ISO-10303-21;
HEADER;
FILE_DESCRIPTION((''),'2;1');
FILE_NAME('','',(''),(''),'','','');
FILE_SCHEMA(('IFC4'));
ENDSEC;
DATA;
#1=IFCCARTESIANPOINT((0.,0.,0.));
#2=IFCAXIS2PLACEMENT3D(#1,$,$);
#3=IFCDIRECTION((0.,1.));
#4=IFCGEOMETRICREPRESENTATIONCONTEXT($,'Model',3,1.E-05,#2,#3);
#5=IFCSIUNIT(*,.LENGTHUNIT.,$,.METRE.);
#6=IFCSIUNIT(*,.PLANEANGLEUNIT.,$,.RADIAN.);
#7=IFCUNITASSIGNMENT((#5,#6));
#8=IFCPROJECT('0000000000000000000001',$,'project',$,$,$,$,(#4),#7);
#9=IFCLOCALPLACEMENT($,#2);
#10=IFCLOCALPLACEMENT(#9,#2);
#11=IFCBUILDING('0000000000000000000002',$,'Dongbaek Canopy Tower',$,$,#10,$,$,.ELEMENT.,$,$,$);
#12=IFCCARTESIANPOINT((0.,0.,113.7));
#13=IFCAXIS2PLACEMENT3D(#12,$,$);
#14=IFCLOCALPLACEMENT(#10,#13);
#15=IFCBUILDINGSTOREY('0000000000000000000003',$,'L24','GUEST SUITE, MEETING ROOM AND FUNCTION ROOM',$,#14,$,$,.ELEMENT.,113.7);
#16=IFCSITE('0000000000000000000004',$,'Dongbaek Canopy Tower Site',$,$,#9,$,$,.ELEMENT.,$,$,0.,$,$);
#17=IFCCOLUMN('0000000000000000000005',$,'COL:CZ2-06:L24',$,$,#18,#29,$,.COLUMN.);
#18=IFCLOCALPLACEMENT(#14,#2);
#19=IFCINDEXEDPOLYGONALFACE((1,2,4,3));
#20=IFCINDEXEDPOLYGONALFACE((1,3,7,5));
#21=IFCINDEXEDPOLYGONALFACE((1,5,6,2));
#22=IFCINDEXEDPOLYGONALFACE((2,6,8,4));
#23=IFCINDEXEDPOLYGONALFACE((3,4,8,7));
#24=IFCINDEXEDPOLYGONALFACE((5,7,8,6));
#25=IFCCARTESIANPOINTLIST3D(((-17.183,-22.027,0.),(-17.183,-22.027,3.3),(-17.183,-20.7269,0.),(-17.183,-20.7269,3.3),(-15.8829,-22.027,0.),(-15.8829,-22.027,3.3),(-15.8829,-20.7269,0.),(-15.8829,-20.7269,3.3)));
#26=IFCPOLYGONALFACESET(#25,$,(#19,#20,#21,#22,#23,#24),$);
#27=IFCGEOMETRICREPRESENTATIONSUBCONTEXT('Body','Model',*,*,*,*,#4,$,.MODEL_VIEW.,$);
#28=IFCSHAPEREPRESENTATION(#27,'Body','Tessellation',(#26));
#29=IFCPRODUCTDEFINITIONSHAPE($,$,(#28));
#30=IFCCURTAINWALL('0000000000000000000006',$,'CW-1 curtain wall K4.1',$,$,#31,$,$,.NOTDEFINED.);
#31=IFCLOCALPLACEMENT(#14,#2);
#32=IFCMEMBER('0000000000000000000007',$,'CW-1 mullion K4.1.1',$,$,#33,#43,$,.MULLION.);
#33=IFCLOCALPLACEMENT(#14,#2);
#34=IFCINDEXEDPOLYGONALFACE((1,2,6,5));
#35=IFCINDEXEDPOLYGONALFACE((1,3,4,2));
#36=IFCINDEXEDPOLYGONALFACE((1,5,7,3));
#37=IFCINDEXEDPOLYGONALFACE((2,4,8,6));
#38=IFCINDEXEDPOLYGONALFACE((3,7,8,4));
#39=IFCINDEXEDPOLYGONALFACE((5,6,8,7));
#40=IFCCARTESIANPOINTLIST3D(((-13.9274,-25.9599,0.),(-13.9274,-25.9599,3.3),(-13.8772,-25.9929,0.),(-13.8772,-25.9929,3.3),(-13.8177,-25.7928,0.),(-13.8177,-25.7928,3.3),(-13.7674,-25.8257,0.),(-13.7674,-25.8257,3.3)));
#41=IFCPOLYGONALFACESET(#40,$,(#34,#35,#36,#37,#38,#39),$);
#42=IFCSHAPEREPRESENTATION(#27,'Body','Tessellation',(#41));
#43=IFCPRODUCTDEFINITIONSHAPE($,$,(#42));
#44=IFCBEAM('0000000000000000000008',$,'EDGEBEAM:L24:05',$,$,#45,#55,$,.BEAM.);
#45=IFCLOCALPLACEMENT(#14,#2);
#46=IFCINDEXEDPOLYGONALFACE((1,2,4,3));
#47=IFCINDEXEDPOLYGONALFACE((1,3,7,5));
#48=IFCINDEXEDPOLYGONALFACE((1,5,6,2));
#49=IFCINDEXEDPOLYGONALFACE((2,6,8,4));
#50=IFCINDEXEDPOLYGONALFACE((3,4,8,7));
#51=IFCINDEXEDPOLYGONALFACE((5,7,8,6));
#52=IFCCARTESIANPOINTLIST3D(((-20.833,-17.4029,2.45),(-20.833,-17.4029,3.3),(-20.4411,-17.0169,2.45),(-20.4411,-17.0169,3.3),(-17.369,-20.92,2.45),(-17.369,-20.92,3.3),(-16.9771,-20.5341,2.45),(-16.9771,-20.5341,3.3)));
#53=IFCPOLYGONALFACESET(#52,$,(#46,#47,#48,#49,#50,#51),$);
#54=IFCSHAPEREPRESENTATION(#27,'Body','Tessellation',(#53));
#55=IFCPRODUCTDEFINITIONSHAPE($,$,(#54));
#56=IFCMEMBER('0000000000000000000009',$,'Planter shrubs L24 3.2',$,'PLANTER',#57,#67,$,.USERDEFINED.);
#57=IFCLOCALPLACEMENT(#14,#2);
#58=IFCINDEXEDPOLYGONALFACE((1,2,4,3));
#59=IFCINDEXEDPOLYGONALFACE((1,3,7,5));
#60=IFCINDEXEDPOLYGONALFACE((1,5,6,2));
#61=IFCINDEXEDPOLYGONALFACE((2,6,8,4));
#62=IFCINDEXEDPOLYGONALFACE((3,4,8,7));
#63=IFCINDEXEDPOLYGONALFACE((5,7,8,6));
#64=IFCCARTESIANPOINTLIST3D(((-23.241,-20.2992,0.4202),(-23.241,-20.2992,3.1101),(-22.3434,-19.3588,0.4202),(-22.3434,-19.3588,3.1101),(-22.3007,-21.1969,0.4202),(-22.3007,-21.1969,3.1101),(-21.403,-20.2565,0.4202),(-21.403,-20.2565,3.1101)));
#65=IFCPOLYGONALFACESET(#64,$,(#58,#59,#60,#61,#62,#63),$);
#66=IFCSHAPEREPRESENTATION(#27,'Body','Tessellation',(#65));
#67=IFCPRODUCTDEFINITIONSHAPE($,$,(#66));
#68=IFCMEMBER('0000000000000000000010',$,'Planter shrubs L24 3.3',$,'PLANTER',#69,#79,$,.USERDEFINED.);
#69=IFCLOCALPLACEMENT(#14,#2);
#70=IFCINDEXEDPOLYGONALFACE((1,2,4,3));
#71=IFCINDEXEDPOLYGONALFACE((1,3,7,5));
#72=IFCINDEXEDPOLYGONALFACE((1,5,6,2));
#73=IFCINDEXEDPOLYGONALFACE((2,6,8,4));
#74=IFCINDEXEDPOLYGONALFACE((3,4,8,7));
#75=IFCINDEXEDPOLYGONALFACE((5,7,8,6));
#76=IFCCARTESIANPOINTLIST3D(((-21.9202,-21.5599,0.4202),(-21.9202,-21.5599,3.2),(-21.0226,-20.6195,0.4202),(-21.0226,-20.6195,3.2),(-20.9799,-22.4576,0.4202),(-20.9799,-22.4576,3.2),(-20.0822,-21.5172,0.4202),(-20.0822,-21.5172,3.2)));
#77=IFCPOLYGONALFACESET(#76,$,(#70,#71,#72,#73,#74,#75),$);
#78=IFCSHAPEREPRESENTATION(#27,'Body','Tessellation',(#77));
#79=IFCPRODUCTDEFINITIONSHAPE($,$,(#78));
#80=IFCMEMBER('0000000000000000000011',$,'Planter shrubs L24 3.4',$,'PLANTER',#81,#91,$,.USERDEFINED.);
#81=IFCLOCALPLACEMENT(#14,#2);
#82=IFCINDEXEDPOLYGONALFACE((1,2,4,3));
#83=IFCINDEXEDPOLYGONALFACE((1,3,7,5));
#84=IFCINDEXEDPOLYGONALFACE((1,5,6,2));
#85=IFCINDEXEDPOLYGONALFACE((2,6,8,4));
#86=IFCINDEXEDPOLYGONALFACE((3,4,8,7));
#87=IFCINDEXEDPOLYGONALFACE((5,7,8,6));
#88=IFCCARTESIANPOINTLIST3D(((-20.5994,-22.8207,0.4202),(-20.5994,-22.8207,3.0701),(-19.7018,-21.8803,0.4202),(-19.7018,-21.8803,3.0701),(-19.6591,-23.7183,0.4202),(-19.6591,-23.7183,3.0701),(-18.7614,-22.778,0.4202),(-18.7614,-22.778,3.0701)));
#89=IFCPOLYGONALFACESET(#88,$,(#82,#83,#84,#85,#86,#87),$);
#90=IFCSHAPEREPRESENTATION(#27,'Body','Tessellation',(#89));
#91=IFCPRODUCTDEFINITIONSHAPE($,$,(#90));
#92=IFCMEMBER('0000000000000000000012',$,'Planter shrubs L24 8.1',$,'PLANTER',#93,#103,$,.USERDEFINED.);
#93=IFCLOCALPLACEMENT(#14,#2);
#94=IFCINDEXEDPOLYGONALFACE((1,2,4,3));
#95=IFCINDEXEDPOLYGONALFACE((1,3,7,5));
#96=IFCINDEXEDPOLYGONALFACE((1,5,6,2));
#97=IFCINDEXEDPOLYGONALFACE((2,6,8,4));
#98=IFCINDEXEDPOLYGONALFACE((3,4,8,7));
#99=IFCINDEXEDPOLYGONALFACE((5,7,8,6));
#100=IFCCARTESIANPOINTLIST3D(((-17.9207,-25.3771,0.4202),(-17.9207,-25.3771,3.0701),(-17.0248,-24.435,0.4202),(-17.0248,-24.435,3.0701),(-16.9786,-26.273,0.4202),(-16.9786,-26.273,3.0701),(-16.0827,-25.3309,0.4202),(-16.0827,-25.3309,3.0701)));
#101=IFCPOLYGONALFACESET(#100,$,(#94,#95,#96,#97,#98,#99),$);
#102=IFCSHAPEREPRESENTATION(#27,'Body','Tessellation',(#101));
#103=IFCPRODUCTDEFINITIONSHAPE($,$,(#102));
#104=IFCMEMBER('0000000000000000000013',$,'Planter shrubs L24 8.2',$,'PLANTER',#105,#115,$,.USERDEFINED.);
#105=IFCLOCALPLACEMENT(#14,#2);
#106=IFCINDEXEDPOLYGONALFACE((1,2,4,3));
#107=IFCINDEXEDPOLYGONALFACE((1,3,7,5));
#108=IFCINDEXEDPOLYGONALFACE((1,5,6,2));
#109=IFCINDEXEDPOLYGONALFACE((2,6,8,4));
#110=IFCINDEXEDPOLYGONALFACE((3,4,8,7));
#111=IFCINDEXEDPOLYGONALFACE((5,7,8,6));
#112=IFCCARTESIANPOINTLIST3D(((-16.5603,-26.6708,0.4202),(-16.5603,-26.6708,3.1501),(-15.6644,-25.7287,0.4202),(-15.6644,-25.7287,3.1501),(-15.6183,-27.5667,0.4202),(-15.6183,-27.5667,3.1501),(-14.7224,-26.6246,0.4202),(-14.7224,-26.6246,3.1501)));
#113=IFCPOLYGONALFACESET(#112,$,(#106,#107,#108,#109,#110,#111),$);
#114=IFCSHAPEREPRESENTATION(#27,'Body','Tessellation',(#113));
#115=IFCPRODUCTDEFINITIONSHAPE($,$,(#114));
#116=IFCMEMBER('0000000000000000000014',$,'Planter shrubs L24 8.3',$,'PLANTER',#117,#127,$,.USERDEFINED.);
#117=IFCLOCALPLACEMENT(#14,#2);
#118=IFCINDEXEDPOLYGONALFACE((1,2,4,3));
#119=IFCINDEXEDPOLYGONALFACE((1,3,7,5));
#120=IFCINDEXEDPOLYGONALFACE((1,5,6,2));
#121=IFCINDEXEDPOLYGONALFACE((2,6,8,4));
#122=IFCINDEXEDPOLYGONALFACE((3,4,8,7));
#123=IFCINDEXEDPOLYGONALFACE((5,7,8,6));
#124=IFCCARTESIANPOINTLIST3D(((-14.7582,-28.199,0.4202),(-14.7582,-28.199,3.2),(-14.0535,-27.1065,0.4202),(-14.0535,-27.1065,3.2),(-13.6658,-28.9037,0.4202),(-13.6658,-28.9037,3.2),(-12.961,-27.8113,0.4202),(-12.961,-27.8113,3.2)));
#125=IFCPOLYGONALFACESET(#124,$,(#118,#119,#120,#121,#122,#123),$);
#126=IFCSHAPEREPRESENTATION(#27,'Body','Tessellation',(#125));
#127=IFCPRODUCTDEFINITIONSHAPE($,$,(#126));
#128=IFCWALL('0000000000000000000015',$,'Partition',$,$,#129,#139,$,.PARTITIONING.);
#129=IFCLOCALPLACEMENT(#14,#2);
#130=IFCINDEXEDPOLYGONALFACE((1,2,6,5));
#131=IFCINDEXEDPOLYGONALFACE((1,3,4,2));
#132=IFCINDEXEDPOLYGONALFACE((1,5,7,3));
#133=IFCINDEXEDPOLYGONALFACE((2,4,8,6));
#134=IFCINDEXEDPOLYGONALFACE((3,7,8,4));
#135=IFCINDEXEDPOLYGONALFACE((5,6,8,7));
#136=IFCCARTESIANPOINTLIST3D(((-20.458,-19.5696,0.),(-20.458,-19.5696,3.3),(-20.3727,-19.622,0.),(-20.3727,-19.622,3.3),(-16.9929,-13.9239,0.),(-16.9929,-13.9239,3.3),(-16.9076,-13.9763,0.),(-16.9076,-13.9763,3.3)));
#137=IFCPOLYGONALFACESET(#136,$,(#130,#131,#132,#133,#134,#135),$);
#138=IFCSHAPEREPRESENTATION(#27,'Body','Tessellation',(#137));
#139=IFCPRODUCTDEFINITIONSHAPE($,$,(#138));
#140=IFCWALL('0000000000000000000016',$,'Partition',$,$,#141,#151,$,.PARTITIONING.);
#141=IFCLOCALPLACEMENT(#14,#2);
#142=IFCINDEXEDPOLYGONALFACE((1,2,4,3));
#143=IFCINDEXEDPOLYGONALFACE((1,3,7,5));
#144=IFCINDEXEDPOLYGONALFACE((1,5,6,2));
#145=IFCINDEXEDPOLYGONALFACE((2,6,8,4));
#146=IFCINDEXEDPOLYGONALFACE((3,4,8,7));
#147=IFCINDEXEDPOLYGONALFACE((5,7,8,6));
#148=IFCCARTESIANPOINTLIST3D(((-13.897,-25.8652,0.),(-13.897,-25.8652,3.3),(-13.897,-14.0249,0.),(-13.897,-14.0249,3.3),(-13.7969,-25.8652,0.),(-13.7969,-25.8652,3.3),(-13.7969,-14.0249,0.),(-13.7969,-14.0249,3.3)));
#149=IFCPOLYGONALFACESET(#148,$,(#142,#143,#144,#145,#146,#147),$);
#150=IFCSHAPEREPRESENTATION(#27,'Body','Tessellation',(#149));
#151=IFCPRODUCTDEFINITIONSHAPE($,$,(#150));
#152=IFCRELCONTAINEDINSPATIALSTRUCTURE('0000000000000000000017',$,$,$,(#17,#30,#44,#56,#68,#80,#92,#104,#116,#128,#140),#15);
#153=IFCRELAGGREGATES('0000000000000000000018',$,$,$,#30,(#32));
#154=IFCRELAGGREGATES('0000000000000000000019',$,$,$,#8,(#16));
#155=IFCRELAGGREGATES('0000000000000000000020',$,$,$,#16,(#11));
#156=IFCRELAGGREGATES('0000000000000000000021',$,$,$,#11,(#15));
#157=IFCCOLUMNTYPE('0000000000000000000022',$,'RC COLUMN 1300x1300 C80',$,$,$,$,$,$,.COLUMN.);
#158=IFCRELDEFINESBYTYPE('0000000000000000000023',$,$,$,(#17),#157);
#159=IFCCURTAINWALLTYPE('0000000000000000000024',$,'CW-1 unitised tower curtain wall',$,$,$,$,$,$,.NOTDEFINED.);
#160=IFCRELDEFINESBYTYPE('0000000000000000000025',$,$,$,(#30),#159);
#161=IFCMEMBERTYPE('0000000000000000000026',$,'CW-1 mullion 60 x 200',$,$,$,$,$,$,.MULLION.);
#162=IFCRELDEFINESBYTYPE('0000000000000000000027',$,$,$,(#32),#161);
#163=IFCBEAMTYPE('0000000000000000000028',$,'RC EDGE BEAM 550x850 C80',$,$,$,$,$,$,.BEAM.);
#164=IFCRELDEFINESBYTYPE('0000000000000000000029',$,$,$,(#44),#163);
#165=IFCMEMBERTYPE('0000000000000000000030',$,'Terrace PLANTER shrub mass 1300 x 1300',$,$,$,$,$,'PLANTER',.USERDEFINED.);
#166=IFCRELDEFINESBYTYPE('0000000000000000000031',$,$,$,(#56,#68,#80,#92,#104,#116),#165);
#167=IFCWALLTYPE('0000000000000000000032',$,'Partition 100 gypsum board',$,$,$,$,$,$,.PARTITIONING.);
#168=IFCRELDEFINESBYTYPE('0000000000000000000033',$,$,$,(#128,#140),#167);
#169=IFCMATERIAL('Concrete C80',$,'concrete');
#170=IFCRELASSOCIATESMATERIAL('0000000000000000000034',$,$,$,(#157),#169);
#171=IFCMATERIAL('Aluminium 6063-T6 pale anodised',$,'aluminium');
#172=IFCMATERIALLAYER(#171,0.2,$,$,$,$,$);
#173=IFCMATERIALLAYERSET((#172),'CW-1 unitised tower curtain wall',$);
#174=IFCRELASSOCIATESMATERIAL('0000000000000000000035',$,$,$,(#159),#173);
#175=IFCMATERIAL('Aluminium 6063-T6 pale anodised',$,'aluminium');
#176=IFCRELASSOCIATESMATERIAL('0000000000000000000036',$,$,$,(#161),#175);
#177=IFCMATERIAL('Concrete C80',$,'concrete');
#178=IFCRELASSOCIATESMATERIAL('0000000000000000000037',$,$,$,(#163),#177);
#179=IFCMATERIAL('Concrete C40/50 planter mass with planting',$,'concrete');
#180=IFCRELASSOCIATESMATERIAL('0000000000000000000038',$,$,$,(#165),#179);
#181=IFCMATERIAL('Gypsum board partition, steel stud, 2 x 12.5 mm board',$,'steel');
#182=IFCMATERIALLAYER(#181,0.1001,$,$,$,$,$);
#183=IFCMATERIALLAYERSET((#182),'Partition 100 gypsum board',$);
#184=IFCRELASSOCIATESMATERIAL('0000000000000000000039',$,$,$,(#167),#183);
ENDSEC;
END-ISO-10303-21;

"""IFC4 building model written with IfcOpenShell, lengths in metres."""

from ifc_helpers import new_model, si_unit, direction, frame, frame_2d, origin, origin_2d, place, context, subcontext, project, spatial, rectangle, extrude, material, layer, layer_set, material_profile, profile_set, type_object, element, aggregate, save


model = new_model("IFC4")

# Units and contexts
model_context = context("Model", 3, precision=1e-05, world=origin(), true_north=direction((0.0, 1.0)))
body_context = subcontext(model_context, "Body", "Model", "MODEL_VIEW")
ifc_project = project(units=[si_unit("LENGTHUNIT", "METRE"), si_unit("PLANEANGLEUNIT", "RADIAN")], contexts=[model_context])

# Site, building, storey
site_placement = place(None, origin())
site = spatial("IfcSite", under=ifc_project, at=site_placement, Name="Dongbaek Canopy Tower Site", CompositionType="ELEMENT", RefElevation=0.0)
building_placement = place(site_placement, origin())
building = spatial("IfcBuilding", under=site, at=building_placement, Name="Dongbaek Canopy Tower", CompositionType="ELEMENT")
storey_placement = place(building_placement, frame((0.0, 0.0, 113.7)))
storey = spatial("IfcBuildingStorey", under=building, at=storey_placement, Name="L24", Description="GUEST SUITE, MEETING ROOM AND FUNCTION ROOM", CompositionType="ELEMENT", Elevation=113.7)

# Column
ifc_material_1 = material(Name="Concrete C80", Category="concrete")
ifc_material_profile_1 = material_profile(ifc_material_1, rectangle(XDim=1.3, YDim=1.3, at=origin_2d()), Name="RC COLUMN 1300x1300 C80")
ifc_profile_set_1 = profile_set([ifc_material_profile_1], Name="Concrete C80")
column_type = type_object("IfcColumnType", Name="RC COLUMN 1300x1300 C80", PredefinedType="COLUMN", material=ifc_profile_set_1)
column_placement = place(storey_placement, frame((-16.533, -21.377, 0.0), z_axis=(0.0, 0.0, 1.0), x_axis=(1.0, 0.0, 0.0)))
element("IfcColumn", 1, at=column_placement, inside=storey, type_object=column_type, Name="COL:CZ2-06:L24", PredefinedType="COLUMN", context=body_context, shape_type="SweptSolid", body=[
    extrude(rectangle(XDim=1.3, YDim=1.3, at=origin_2d()), origin(), (0.0, 0.0, 1.0), 3.3),
])

# Curtain wall, member
ifc_material_2 = material(Name="Aluminium 6063-T6 pale anodised", Category="aluminium")
ifc_layer_1 = layer(ifc_material_2, 0.2)
ifc_layer_set_1 = layer_set([ifc_layer_1], Name="CW-1 unitised tower curtain wall")
curtain_wall_type = type_object("IfcCurtainWallType", Name="CW-1 unitised tower curtain wall", PredefinedType="NOTDEFINED", material=ifc_layer_set_1)
curtain_wall_placement = place(storey_placement, origin())
curtain_wall = element("IfcCurtainWall", 2, at=curtain_wall_placement, inside=storey, type_object=curtain_wall_type, Name="CW-1 curtain wall K4.1", PredefinedType="NOTDEFINED")
ifc_material_3 = material(Name="Aluminium 6063-T6 pale anodised", Category="aluminium")
ifc_material_profile_2 = material_profile(ifc_material_3, rectangle(XDim=0.2, YDim=0.0601, at=origin_2d()), Name="CW-1 mullion 60 x 200")
ifc_profile_set_2 = profile_set([ifc_material_profile_2], Name="Aluminium 6063-T6 pale anodised")
member_type_1 = type_object("IfcMemberType", Name="CW-1 mullion 60 x 200", PredefinedType="MULLION", material=ifc_profile_set_2)
member_1_placement = place(storey_placement, frame((-13.8474, -25.8928, 0.0), z_axis=(0.0, 0.0, 1.0), x_axis=(-0.548724, -0.836004, 0.0)))
member_1 = element("IfcMember", 3, at=member_1_placement, type_object=member_type_1, Name="CW-1 mullion K4.1.1", PredefinedType="MULLION", context=body_context, shape_type="SweptSolid", body=[
    extrude(rectangle(XDim=0.2, YDim=0.0601, at=origin_2d()), origin(), (0.0, 0.0, 1.0), 3.3),
])
aggregate(curtain_wall, [member_1])

# Beam
ifc_material_4 = material(Name="Concrete C80", Category="concrete")
ifc_material_profile_3 = material_profile(ifc_material_4, rectangle(XDim=0.55, YDim=0.8501, at=origin_2d()), Name="RC EDGE BEAM 550x850 C80")
ifc_profile_set_3 = profile_set([ifc_material_profile_3], Name="Concrete C80")
beam_type = type_object("IfcBeamType", Name="RC EDGE BEAM 550x850 C80", PredefinedType="BEAM", material=ifc_profile_set_3)
beam_placement = place(storey_placement, frame((-17.1731, -20.7271, 2.875), z_axis=(-0.701695, 0.712477, 0.0), x_axis=(-0.712477, -0.701695, 0.0)))
element("IfcBeam", 4, at=beam_placement, inside=storey, type_object=beam_type, Name="EDGEBEAM:L24:05", PredefinedType="BEAM", context=body_context, shape_type="SweptSolid", body=[
    extrude(rectangle(XDim=0.55, YDim=0.8501, at=origin_2d()), origin(), (0.0, 0.0, 1.0), 4.9365),
])

# Members
ifc_material_5 = material(Name="Concrete C40/50 planter mass with planting", Category="concrete")
ifc_material_profile_4 = material_profile(ifc_material_5, rectangle(XDim=1.3, YDim=1.3, at=origin_2d()), Name="Terrace PLANTER shrub mass 1300 x 1300")
ifc_profile_set_4 = profile_set([ifc_material_profile_4], Name="Concrete C40/50 planter mass with planting")
member_type_2 = type_object("IfcMemberType", Name="Terrace PLANTER shrub mass 1300 x 1300", ElementType="PLANTER", PredefinedType="USERDEFINED", material=ifc_profile_set_4)
member_2_placement = place(storey_placement, frame((-22.322, -20.2778, 0.4202), z_axis=(0.0, 0.0, 1.0), x_axis=(-0.690482, -0.723349, 0.0)))
element("IfcMember", 5, at=member_2_placement, inside=storey, type_object=member_type_2, Name="Planter shrubs L24 3.2", ObjectType="PLANTER", PredefinedType="USERDEFINED", context=body_context, shape_type="SweptSolid", body=[
    extrude(rectangle(XDim=1.3, YDim=1.3, at=origin_2d()), origin(), (0.0, 0.0, 1.0), 2.6899),
])
member_3_placement = place(storey_placement, frame((-21.0012, -21.5386, 0.4202), z_axis=(0.0, 0.0, 1.0), x_axis=(-0.690482, -0.723349, 0.0)))
element("IfcMember", 6, at=member_3_placement, inside=storey, type_object=member_type_2, Name="Planter shrubs L24 3.3", ObjectType="PLANTER", PredefinedType="USERDEFINED", context=body_context, shape_type="SweptSolid", body=[
    extrude(rectangle(XDim=1.3, YDim=1.3, at=origin_2d()), origin(), (0.0, 0.0, 1.0), 2.7798),
])
for number, where, z_axis, x_axis, name in (
    (7, (-19.6804, -22.7993, 0.4202), (0.0, 0.0, 1.0), (-0.690482, -0.723349, 0.0), "Planter shrubs L24 3.4"),
    (8, (-17.0017, -25.354, 0.4202), (0.0, 0.0, 1.0), (-0.689144, -0.724624, 0.0), "Planter shrubs L24 8.1"),
):
    element("IfcMember", number, at=place(storey_placement, frame(where, z_axis=z_axis, x_axis=x_axis)), inside=storey, type_object=member_type_2, Name=name, ObjectType="PLANTER", PredefinedType="USERDEFINED", context=body_context, shape_type="SweptSolid", body=[
        extrude(rectangle(XDim=1.3, YDim=1.3, at=origin_2d()), origin(), (0.0, 0.0, 1.0), 2.6499),
    ])
member_4_placement = place(storey_placement, frame((-15.6414, -26.6477, 0.4202), z_axis=(0.0, 0.0, 1.0), x_axis=(-0.689144, -0.724624, 0.0)))
element("IfcMember", 9, at=member_4_placement, inside=storey, type_object=member_type_2, Name="Planter shrubs L24 8.2", ObjectType="PLANTER", PredefinedType="USERDEFINED", context=body_context, shape_type="SweptSolid", body=[
    extrude(rectangle(XDim=1.3, YDim=1.3, at=origin_2d()), origin(), (0.0, 0.0, 1.0), 2.73),
])
member_5_placement = place(storey_placement, frame((-13.8596, -28.0051, 0.4202), z_axis=(0.0, 0.0, 1.0), x_axis=(-0.542086, -0.840323, 0.0)))
element("IfcMember", 10, at=member_5_placement, inside=storey, type_object=member_type_2, Name="Planter shrubs L24 8.3", ObjectType="PLANTER", PredefinedType="USERDEFINED", context=body_context, shape_type="SweptSolid", body=[
    extrude(rectangle(XDim=1.3, YDim=1.3, at=origin_2d()), origin(), (0.0, 0.0, 1.0), 2.7798),
])

# Walls
ifc_material_6 = material(Name="Gypsum board partition, steel stud, 2 x 12.5 mm board", Category="steel")
ifc_layer_2 = layer(ifc_material_6, 0.1001)
ifc_layer_set_2 = layer_set([ifc_layer_2], Name="Partition 100 gypsum board")
wall_type_1 = type_object("IfcWallType", Name="Partition 100 gypsum board", PredefinedType="PARTITIONING", material=ifc_layer_set_2)
wall_1_placement = place(storey_placement, frame((-20.4153, -19.5957, 0.0), z_axis=(0.0, 0.0, 1.0), x_axis=(0.523087, 0.852279, 0.0)))
element("IfcWall", 11, at=wall_1_placement, inside=storey, type_object=wall_type_1, Name="Partition", PredefinedType="PARTITIONING", context=body_context, shape_type="SweptSolid", body=[
    extrude(rectangle(XDim=6.6243, YDim=0.1001, at=frame_2d((3.312, 0.0))), origin(), (0.0, 0.0, 1.0), 3.3),
])
wall_2_placement = place(storey_placement, frame((-13.8469, -25.8652, 0.0), z_axis=(0.0, 0.0, 1.0), x_axis=(0.0, 1.0, 0.0)))
element("IfcWall", 12, at=wall_2_placement, inside=storey, type_object=wall_type_1, Name="Partition", PredefinedType="PARTITIONING", context=body_context, shape_type="SweptSolid", body=[
    extrude(rectangle(XDim=11.8403, YDim=0.1001, at=frame_2d((5.9202, 0.0))), origin(), (0.0, 0.0, 1.0), 3.3),
])

save(model, "model.ifc")
